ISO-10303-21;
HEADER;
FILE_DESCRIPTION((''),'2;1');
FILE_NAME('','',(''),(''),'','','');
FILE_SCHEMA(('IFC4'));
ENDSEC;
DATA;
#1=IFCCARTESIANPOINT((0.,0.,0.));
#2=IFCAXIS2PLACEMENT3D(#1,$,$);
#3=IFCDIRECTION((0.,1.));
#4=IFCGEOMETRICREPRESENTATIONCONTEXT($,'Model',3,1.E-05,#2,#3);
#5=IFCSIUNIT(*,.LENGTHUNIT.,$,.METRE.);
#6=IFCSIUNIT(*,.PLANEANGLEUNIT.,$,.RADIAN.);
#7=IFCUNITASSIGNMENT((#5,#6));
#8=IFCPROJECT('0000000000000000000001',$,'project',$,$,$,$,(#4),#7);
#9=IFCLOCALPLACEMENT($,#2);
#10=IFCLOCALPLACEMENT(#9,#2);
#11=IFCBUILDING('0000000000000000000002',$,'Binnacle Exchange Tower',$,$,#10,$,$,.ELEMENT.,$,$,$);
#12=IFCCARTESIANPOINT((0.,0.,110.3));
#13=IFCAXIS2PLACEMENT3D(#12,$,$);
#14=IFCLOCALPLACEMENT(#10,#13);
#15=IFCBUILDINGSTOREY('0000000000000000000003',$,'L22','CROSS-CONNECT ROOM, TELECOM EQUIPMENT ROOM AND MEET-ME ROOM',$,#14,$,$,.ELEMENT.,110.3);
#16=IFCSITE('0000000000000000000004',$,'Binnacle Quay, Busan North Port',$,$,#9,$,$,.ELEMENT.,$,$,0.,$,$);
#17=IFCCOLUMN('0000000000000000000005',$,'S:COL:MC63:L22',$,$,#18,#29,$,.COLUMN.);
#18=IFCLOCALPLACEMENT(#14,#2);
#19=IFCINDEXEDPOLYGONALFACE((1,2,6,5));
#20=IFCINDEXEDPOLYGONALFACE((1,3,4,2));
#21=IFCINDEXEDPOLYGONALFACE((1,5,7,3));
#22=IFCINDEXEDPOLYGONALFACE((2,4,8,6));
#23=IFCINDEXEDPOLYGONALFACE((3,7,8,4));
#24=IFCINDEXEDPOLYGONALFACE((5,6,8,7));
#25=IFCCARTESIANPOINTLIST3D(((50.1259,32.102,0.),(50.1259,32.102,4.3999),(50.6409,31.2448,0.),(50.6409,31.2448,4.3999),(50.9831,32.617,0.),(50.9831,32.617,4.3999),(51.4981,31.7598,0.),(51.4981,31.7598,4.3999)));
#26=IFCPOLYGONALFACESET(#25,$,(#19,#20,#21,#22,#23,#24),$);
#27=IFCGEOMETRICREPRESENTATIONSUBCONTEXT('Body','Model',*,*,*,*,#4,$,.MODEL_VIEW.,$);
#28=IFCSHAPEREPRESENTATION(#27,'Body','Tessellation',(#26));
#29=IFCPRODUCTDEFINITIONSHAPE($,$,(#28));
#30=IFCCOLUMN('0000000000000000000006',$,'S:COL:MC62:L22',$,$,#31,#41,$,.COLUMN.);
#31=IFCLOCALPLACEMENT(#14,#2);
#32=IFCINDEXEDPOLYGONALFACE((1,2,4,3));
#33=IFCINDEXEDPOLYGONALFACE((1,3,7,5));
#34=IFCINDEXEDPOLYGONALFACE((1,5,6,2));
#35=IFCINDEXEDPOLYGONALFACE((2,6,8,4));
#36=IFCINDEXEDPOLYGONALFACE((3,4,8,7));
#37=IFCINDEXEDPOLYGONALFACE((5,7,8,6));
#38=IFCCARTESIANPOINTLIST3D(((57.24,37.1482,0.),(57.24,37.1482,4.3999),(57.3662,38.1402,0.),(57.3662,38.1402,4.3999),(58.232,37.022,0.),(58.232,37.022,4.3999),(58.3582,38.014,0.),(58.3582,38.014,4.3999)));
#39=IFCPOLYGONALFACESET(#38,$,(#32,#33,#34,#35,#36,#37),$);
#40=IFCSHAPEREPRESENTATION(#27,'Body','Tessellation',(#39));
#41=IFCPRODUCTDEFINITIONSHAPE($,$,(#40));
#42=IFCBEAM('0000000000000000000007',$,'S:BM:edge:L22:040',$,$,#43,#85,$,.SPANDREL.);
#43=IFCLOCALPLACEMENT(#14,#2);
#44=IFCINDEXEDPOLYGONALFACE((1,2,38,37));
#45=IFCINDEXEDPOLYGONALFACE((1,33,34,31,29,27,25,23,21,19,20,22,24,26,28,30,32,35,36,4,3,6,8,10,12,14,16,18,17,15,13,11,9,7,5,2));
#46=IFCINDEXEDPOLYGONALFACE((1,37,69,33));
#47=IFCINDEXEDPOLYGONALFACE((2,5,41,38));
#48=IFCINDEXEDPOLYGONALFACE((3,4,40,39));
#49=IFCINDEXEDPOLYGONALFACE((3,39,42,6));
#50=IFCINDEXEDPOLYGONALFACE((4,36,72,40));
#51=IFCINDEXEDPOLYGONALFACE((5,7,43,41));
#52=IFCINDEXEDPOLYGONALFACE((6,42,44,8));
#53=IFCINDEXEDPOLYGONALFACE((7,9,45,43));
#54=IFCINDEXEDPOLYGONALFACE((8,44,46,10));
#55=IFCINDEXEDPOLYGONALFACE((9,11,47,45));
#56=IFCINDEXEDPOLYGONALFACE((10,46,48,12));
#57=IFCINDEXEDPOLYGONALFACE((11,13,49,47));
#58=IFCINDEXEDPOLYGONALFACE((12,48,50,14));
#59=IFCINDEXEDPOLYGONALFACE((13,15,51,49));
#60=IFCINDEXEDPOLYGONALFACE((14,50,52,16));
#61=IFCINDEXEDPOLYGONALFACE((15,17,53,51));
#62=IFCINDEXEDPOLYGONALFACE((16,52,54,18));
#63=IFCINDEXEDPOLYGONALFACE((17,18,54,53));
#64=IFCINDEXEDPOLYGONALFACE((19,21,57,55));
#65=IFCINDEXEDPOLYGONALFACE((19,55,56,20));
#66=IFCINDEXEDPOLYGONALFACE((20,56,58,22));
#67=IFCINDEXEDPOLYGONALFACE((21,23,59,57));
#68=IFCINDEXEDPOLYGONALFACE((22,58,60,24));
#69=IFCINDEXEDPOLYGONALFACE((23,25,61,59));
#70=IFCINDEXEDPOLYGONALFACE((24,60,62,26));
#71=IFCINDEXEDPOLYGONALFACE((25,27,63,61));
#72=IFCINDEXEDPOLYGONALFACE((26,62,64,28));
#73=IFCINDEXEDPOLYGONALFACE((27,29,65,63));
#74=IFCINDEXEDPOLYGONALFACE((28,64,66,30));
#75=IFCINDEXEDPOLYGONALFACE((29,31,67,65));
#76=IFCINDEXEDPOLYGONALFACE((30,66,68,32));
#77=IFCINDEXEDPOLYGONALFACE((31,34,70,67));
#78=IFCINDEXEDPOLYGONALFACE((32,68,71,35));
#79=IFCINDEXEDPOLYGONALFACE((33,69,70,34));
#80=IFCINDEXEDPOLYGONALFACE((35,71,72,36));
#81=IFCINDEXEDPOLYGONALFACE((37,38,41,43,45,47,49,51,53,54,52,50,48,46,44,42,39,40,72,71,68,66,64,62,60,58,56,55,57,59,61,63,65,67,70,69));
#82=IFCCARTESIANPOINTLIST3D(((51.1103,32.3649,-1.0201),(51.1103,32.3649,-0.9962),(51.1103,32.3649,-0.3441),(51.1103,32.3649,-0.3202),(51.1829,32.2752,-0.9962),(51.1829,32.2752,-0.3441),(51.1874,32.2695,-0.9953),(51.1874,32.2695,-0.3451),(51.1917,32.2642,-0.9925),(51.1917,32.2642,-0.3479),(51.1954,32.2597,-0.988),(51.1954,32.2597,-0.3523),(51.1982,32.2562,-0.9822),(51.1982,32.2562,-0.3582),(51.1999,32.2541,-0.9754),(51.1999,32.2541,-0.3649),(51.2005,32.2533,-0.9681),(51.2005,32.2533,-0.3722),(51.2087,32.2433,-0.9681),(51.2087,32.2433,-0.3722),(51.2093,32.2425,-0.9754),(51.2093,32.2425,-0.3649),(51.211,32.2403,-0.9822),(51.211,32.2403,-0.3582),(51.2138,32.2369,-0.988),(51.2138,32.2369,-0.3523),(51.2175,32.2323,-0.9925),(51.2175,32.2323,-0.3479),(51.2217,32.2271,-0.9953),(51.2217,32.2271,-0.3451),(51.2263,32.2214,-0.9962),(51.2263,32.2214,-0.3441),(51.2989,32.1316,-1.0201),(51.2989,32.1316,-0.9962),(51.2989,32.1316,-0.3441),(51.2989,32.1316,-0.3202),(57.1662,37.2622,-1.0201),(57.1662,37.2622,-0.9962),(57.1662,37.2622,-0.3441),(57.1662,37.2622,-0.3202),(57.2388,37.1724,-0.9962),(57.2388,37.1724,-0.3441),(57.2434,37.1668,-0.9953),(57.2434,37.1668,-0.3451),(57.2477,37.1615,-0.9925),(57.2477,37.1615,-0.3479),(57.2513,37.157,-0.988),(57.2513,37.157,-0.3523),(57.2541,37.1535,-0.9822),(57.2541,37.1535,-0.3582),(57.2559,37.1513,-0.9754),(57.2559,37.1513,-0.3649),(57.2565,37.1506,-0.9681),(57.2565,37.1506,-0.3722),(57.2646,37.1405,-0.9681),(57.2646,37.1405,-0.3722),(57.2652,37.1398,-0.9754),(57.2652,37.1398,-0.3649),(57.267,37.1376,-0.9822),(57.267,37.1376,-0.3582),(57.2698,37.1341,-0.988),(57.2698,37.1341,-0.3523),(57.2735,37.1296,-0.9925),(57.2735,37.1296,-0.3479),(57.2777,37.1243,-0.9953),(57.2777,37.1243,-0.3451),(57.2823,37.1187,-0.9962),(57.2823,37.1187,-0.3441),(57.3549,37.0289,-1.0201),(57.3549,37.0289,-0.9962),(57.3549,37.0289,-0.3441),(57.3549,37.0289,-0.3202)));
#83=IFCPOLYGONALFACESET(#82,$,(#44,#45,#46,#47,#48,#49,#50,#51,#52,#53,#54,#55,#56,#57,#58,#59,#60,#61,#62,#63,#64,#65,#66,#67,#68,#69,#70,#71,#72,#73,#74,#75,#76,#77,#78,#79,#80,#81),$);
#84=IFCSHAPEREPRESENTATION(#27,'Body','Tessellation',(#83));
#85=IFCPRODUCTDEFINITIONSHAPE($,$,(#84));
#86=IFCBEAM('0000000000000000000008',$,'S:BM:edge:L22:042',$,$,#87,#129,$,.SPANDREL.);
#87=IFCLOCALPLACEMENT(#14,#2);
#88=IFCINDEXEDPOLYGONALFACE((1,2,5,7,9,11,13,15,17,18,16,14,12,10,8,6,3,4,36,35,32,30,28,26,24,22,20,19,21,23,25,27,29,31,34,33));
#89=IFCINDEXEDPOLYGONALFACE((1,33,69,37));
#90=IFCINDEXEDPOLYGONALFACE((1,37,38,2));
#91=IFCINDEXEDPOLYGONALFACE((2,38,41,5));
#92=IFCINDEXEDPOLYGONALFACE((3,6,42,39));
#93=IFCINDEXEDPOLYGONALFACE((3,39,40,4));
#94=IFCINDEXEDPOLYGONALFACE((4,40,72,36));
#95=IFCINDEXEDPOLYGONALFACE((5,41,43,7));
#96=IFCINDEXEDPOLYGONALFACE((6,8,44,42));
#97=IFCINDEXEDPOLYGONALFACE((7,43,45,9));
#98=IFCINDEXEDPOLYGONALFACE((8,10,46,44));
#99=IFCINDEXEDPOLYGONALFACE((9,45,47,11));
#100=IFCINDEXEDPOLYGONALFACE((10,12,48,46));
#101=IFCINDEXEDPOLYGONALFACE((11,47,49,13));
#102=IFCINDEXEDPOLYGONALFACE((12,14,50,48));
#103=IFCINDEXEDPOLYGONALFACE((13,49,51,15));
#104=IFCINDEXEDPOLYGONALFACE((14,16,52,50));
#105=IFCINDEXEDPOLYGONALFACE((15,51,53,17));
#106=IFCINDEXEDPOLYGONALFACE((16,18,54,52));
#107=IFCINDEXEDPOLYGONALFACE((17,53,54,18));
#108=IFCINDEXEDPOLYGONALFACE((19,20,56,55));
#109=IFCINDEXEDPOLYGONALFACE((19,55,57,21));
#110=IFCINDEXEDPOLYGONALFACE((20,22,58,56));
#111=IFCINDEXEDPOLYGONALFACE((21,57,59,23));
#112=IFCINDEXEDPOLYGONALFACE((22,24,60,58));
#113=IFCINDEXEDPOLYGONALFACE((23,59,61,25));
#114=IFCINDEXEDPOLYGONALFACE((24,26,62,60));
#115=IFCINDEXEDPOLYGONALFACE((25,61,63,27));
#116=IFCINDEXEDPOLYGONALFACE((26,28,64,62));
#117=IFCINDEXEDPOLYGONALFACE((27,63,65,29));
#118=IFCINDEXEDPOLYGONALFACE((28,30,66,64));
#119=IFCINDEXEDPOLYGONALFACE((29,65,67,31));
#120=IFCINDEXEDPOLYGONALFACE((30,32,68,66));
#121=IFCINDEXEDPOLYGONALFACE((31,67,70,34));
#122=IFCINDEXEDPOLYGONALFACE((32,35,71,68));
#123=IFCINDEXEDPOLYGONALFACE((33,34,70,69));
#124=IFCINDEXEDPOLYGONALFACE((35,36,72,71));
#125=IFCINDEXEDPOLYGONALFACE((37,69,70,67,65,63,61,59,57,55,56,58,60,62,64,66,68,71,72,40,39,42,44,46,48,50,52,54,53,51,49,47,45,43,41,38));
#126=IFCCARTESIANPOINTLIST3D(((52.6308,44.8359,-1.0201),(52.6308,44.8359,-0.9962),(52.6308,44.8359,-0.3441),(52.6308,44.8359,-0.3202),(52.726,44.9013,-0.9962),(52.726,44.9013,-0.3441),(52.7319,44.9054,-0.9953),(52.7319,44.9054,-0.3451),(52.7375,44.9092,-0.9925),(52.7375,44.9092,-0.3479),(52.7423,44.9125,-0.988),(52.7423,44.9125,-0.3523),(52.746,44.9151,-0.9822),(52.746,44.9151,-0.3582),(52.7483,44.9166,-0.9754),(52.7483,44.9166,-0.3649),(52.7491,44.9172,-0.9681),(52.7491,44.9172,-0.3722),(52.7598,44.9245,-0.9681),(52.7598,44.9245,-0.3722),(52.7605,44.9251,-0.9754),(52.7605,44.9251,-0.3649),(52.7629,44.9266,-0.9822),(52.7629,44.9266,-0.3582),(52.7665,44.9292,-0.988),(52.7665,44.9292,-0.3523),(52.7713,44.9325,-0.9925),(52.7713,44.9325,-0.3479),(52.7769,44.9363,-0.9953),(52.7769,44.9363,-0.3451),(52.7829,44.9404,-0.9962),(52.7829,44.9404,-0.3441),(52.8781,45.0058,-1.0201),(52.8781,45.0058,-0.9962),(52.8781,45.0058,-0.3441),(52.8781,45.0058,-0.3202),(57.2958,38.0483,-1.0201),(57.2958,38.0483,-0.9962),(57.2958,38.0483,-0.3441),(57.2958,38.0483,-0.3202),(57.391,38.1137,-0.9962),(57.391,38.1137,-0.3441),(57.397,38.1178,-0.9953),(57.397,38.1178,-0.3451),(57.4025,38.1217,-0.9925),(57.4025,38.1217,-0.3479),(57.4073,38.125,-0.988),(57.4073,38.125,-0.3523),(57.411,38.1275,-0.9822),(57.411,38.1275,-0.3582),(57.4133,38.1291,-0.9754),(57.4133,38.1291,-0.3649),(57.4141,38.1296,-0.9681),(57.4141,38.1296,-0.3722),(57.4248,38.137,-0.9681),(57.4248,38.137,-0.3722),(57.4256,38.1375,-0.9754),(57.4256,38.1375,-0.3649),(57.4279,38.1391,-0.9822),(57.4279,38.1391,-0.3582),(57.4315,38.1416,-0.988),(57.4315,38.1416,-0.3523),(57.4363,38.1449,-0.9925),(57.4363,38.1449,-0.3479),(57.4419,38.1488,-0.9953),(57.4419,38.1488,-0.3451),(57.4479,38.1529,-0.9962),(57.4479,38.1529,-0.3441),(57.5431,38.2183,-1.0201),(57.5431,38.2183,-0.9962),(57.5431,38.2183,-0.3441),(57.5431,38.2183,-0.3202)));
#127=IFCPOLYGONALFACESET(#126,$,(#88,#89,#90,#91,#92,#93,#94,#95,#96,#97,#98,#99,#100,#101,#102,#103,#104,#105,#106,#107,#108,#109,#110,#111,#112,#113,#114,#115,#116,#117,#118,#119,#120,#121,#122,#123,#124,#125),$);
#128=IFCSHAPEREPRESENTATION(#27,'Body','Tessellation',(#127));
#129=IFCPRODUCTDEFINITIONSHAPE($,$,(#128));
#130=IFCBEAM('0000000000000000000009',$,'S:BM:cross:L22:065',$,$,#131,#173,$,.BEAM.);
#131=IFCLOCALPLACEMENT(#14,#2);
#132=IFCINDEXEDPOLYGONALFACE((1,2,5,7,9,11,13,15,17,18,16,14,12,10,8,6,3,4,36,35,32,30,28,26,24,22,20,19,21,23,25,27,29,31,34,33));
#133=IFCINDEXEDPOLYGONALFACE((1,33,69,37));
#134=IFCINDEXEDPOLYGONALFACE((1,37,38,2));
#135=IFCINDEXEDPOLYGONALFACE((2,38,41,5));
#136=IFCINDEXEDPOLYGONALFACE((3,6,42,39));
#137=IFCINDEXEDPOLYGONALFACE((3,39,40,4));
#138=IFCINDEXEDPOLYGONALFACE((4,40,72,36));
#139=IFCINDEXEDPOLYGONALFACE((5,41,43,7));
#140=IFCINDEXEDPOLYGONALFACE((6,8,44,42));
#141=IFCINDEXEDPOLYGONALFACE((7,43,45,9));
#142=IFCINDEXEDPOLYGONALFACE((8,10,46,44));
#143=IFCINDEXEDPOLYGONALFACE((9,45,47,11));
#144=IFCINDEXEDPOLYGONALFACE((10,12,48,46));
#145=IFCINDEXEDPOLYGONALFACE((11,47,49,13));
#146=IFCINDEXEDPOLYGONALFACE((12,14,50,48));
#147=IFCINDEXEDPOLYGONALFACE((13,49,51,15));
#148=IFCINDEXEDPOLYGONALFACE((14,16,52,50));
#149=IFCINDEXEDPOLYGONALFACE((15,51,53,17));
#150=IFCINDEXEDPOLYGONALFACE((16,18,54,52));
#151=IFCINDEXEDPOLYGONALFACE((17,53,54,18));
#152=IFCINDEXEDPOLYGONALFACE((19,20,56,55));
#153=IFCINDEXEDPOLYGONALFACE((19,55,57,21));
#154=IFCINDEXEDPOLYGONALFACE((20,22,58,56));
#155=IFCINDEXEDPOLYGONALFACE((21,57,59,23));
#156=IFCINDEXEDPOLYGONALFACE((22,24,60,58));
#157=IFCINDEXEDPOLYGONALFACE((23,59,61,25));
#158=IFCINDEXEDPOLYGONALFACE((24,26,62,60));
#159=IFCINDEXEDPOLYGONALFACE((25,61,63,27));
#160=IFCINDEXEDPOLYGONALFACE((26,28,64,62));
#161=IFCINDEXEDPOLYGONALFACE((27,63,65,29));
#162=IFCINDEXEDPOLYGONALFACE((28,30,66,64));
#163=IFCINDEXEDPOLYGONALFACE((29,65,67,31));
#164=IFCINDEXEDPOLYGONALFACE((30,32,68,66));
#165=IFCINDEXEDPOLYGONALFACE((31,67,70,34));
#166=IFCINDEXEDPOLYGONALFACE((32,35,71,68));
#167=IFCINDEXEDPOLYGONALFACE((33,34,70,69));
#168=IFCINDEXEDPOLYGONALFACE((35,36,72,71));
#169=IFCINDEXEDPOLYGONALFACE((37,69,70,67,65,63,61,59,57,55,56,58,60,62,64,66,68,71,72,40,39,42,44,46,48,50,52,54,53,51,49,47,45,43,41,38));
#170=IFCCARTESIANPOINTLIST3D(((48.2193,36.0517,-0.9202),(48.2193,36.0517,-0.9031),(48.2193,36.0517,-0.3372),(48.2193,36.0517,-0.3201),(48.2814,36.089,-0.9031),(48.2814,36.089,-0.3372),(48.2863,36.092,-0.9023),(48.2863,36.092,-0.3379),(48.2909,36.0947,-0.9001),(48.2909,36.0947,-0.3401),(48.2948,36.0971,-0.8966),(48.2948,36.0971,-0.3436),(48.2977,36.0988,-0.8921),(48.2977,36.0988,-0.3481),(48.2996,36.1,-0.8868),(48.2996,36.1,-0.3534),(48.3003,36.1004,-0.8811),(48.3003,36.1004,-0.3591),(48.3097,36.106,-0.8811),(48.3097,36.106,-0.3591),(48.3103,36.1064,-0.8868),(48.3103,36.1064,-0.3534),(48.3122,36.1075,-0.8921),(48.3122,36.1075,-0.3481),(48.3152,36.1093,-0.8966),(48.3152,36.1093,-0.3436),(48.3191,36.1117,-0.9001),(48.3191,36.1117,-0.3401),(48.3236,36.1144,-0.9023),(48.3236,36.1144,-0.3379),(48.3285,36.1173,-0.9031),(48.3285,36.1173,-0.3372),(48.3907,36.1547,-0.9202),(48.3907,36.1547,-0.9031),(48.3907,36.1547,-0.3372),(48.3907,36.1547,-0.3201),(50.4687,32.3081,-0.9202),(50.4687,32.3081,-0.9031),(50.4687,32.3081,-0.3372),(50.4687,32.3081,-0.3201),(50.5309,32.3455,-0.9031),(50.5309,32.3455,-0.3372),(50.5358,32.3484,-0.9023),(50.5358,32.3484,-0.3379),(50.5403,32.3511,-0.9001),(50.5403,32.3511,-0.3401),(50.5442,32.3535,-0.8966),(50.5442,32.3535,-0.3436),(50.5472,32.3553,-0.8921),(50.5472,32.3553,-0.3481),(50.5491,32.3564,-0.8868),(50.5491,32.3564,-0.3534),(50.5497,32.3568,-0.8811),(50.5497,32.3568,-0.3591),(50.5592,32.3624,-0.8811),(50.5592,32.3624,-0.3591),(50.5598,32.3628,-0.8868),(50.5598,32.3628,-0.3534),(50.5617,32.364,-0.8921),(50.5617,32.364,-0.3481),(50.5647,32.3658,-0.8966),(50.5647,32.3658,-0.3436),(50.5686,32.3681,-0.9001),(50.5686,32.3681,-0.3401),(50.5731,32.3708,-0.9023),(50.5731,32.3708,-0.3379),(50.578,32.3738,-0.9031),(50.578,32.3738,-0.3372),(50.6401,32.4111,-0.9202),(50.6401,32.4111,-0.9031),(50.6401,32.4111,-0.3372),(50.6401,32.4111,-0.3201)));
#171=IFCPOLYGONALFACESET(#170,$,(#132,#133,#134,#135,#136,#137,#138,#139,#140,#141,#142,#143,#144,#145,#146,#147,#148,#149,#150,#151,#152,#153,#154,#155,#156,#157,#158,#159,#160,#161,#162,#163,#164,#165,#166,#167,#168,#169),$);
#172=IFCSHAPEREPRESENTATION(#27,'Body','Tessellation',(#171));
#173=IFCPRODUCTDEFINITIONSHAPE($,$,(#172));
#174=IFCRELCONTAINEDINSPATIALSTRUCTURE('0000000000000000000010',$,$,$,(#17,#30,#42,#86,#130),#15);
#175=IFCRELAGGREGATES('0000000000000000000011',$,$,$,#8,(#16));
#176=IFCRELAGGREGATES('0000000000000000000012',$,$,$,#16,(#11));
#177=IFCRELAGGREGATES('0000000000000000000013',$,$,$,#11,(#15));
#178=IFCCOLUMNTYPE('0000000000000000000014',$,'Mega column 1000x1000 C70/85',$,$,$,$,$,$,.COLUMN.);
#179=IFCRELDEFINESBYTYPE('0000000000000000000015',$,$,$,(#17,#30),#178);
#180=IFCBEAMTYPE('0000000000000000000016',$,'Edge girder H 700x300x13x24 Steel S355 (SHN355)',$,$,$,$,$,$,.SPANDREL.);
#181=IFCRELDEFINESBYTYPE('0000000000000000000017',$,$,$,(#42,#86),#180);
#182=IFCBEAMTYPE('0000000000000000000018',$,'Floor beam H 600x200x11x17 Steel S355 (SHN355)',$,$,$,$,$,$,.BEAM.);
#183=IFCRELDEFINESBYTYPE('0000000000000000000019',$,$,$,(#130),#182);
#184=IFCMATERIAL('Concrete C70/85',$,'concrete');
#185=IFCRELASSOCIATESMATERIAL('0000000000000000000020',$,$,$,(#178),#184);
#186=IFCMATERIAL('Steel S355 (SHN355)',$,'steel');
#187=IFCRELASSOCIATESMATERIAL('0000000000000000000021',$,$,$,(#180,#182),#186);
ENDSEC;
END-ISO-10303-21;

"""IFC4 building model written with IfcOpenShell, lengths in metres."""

from ifc_helpers import new_model, si_unit, direction, frame, origin, origin_2d, place, context, subcontext, project, spatial, rectangle, i_section, extrude, material, material_profile, profile_set, type_object, element, save


model = new_model("IFC4")

# Units and contexts
model_context = context("Model", 3, precision=1e-05, world=origin(), true_north=direction((0.0, 1.0)))
body_context = subcontext(model_context, "Body", "Model", "MODEL_VIEW")
ifc_project = project(units=[si_unit("LENGTHUNIT", "METRE"), si_unit("PLANEANGLEUNIT", "RADIAN")], contexts=[model_context])

# Site, building, storey
site_placement = place(None, origin())
site = spatial("IfcSite", under=ifc_project, at=site_placement, Name="Binnacle Quay, Busan North Port", CompositionType="ELEMENT", RefElevation=0.0)
building_placement = place(site_placement, origin())
building = spatial("IfcBuilding", under=site, at=building_placement, Name="Binnacle Exchange Tower", CompositionType="ELEMENT")
storey_placement = place(building_placement, frame((0.0, 0.0, 110.3)))
storey = spatial("IfcBuildingStorey", under=building, at=storey_placement, Name="L22", Description="CROSS-CONNECT ROOM, TELECOM EQUIPMENT ROOM AND MEET-ME ROOM", CompositionType="ELEMENT", Elevation=110.3)

# Columns
ifc_material_1 = material(Name="Concrete C70/85", Category="concrete")
ifc_material_profile_1 = material_profile(ifc_material_1, rectangle(XDim=1.0, YDim=1.0, at=origin_2d()), Name="Mega column 1000x1000 C70/85")
ifc_profile_set_1 = profile_set([ifc_material_profile_1], Name="Concrete C70/85")
column_type = type_object("IfcColumnType", Name="Mega column 1000x1000 C70/85", PredefinedType="COLUMN", material=ifc_profile_set_1)
for number, where, z_axis, x_axis, name in (
    (1, (50.812, 31.9309, 0.0), (0.0, 0.0, 1.0), (0.857167, 0.515038, 0.0), "S:COL:MC63:L22"),
    (2, (57.7991, 37.5811, 0.0), (0.0, 0.0, 1.0), (0.126199, 0.992005, 0.0), "S:COL:MC62:L22"),
):
    element("IfcColumn", number, at=place(storey_placement, frame(where, z_axis=z_axis, x_axis=x_axis)), inside=storey, type_object=column_type, Name=name, PredefinedType="COLUMN", context=body_context, shape_type="SweptSolid", body=[
        extrude(rectangle(XDim=1.0, YDim=1.0, at=origin_2d()), origin(), (0.0, 0.0, 1.0), 4.3999),
    ])

# Beams
ifc_material_2 = material(Name="Steel S355 (SHN355)", Category="steel")
ifc_material_profile_2 = material_profile(ifc_material_2, i_section(OverallWidth=0.3, OverallDepth=0.7, WebThickness=0.0129, FlangeThickness=0.0239, FilletRadius=0.0281, at=origin_2d()), Name="H 700x300x13x24")
ifc_profile_set_2 = profile_set([ifc_material_profile_2], Name="Steel S355 (SHN355)")
beam_type_1 = type_object("IfcBeamType", Name="Edge girder H 700x300x13x24 Steel S355 (SHN355)", PredefinedType="SPANDREL", material=ifc_profile_set_2)
beam_1_placement = place(storey_placement, frame((51.2046, 32.2483, -0.6702), z_axis=(0.77757, 0.628796, 0.0), x_axis=(-0.628796, 0.77757, 0.0)))
element("IfcBeam", 3, at=beam_1_placement, inside=storey, type_object=beam_type_1, Name="S:BM:edge:L22:040", PredefinedType="SPANDREL", context=body_context, shape_type="SweptSolid", body=[
    extrude(i_section(OverallWidth=0.3, OverallDepth=0.7, WebThickness=0.0129, FlangeThickness=0.0239, FilletRadius=0.0281, at=origin_2d()), origin(), (0.0, 0.0, 1.0), 7.7883),
])
beam_2_placement = place(storey_placement, frame((57.4194, 38.1333, -0.6702), z_axis=(-0.566411, 0.824123, 0.0), x_axis=(-0.824123, -0.566411, 0.0)))
element("IfcBeam", 4, at=beam_2_placement, inside=storey, type_object=beam_type_1, Name="S:BM:edge:L22:042", PredefinedType="SPANDREL", context=body_context, shape_type="SweptSolid", body=[
    extrude(i_section(OverallWidth=0.3, OverallDepth=0.7, WebThickness=0.0129, FlangeThickness=0.0239, FilletRadius=0.0281, at=origin_2d()), origin(), (0.0, 0.0, 1.0), 8.2361),
])
ifc_material_profile_3 = material_profile(ifc_material_2, i_section(OverallWidth=0.2, OverallDepth=0.6001, WebThickness=0.011, FlangeThickness=0.0171, FilletRadius=0.022, at=origin_2d()), Name="H 600x200x11x17")
ifc_profile_set_3 = profile_set([ifc_material_profile_3], Name="Steel S355 (SHN355)")
beam_type_2 = type_object("IfcBeamType", Name="Floor beam H 600x200x11x17 Steel S355 (SHN355)", PredefinedType="BEAM", material=ifc_profile_set_3)
beam_3_placement = place(storey_placement, frame((50.5544, 32.3596, -0.6201), z_axis=(-0.515055, 0.857157, 0.0), x_axis=(-0.857157, -0.515055, 0.0)))
element("IfcBeam", 5, at=beam_3_placement, inside=storey, type_object=beam_type_2, Name="S:BM:cross:L22:065", PredefinedType="BEAM", context=body_context, shape_type="SweptSolid", body=[
    extrude(i_section(OverallWidth=0.2, OverallDepth=0.6001, WebThickness=0.011, FlangeThickness=0.0171, FilletRadius=0.022, at=origin_2d()), origin(), (0.0, 0.0, 1.0), 4.3674),
])

save(model, "model.ifc")
